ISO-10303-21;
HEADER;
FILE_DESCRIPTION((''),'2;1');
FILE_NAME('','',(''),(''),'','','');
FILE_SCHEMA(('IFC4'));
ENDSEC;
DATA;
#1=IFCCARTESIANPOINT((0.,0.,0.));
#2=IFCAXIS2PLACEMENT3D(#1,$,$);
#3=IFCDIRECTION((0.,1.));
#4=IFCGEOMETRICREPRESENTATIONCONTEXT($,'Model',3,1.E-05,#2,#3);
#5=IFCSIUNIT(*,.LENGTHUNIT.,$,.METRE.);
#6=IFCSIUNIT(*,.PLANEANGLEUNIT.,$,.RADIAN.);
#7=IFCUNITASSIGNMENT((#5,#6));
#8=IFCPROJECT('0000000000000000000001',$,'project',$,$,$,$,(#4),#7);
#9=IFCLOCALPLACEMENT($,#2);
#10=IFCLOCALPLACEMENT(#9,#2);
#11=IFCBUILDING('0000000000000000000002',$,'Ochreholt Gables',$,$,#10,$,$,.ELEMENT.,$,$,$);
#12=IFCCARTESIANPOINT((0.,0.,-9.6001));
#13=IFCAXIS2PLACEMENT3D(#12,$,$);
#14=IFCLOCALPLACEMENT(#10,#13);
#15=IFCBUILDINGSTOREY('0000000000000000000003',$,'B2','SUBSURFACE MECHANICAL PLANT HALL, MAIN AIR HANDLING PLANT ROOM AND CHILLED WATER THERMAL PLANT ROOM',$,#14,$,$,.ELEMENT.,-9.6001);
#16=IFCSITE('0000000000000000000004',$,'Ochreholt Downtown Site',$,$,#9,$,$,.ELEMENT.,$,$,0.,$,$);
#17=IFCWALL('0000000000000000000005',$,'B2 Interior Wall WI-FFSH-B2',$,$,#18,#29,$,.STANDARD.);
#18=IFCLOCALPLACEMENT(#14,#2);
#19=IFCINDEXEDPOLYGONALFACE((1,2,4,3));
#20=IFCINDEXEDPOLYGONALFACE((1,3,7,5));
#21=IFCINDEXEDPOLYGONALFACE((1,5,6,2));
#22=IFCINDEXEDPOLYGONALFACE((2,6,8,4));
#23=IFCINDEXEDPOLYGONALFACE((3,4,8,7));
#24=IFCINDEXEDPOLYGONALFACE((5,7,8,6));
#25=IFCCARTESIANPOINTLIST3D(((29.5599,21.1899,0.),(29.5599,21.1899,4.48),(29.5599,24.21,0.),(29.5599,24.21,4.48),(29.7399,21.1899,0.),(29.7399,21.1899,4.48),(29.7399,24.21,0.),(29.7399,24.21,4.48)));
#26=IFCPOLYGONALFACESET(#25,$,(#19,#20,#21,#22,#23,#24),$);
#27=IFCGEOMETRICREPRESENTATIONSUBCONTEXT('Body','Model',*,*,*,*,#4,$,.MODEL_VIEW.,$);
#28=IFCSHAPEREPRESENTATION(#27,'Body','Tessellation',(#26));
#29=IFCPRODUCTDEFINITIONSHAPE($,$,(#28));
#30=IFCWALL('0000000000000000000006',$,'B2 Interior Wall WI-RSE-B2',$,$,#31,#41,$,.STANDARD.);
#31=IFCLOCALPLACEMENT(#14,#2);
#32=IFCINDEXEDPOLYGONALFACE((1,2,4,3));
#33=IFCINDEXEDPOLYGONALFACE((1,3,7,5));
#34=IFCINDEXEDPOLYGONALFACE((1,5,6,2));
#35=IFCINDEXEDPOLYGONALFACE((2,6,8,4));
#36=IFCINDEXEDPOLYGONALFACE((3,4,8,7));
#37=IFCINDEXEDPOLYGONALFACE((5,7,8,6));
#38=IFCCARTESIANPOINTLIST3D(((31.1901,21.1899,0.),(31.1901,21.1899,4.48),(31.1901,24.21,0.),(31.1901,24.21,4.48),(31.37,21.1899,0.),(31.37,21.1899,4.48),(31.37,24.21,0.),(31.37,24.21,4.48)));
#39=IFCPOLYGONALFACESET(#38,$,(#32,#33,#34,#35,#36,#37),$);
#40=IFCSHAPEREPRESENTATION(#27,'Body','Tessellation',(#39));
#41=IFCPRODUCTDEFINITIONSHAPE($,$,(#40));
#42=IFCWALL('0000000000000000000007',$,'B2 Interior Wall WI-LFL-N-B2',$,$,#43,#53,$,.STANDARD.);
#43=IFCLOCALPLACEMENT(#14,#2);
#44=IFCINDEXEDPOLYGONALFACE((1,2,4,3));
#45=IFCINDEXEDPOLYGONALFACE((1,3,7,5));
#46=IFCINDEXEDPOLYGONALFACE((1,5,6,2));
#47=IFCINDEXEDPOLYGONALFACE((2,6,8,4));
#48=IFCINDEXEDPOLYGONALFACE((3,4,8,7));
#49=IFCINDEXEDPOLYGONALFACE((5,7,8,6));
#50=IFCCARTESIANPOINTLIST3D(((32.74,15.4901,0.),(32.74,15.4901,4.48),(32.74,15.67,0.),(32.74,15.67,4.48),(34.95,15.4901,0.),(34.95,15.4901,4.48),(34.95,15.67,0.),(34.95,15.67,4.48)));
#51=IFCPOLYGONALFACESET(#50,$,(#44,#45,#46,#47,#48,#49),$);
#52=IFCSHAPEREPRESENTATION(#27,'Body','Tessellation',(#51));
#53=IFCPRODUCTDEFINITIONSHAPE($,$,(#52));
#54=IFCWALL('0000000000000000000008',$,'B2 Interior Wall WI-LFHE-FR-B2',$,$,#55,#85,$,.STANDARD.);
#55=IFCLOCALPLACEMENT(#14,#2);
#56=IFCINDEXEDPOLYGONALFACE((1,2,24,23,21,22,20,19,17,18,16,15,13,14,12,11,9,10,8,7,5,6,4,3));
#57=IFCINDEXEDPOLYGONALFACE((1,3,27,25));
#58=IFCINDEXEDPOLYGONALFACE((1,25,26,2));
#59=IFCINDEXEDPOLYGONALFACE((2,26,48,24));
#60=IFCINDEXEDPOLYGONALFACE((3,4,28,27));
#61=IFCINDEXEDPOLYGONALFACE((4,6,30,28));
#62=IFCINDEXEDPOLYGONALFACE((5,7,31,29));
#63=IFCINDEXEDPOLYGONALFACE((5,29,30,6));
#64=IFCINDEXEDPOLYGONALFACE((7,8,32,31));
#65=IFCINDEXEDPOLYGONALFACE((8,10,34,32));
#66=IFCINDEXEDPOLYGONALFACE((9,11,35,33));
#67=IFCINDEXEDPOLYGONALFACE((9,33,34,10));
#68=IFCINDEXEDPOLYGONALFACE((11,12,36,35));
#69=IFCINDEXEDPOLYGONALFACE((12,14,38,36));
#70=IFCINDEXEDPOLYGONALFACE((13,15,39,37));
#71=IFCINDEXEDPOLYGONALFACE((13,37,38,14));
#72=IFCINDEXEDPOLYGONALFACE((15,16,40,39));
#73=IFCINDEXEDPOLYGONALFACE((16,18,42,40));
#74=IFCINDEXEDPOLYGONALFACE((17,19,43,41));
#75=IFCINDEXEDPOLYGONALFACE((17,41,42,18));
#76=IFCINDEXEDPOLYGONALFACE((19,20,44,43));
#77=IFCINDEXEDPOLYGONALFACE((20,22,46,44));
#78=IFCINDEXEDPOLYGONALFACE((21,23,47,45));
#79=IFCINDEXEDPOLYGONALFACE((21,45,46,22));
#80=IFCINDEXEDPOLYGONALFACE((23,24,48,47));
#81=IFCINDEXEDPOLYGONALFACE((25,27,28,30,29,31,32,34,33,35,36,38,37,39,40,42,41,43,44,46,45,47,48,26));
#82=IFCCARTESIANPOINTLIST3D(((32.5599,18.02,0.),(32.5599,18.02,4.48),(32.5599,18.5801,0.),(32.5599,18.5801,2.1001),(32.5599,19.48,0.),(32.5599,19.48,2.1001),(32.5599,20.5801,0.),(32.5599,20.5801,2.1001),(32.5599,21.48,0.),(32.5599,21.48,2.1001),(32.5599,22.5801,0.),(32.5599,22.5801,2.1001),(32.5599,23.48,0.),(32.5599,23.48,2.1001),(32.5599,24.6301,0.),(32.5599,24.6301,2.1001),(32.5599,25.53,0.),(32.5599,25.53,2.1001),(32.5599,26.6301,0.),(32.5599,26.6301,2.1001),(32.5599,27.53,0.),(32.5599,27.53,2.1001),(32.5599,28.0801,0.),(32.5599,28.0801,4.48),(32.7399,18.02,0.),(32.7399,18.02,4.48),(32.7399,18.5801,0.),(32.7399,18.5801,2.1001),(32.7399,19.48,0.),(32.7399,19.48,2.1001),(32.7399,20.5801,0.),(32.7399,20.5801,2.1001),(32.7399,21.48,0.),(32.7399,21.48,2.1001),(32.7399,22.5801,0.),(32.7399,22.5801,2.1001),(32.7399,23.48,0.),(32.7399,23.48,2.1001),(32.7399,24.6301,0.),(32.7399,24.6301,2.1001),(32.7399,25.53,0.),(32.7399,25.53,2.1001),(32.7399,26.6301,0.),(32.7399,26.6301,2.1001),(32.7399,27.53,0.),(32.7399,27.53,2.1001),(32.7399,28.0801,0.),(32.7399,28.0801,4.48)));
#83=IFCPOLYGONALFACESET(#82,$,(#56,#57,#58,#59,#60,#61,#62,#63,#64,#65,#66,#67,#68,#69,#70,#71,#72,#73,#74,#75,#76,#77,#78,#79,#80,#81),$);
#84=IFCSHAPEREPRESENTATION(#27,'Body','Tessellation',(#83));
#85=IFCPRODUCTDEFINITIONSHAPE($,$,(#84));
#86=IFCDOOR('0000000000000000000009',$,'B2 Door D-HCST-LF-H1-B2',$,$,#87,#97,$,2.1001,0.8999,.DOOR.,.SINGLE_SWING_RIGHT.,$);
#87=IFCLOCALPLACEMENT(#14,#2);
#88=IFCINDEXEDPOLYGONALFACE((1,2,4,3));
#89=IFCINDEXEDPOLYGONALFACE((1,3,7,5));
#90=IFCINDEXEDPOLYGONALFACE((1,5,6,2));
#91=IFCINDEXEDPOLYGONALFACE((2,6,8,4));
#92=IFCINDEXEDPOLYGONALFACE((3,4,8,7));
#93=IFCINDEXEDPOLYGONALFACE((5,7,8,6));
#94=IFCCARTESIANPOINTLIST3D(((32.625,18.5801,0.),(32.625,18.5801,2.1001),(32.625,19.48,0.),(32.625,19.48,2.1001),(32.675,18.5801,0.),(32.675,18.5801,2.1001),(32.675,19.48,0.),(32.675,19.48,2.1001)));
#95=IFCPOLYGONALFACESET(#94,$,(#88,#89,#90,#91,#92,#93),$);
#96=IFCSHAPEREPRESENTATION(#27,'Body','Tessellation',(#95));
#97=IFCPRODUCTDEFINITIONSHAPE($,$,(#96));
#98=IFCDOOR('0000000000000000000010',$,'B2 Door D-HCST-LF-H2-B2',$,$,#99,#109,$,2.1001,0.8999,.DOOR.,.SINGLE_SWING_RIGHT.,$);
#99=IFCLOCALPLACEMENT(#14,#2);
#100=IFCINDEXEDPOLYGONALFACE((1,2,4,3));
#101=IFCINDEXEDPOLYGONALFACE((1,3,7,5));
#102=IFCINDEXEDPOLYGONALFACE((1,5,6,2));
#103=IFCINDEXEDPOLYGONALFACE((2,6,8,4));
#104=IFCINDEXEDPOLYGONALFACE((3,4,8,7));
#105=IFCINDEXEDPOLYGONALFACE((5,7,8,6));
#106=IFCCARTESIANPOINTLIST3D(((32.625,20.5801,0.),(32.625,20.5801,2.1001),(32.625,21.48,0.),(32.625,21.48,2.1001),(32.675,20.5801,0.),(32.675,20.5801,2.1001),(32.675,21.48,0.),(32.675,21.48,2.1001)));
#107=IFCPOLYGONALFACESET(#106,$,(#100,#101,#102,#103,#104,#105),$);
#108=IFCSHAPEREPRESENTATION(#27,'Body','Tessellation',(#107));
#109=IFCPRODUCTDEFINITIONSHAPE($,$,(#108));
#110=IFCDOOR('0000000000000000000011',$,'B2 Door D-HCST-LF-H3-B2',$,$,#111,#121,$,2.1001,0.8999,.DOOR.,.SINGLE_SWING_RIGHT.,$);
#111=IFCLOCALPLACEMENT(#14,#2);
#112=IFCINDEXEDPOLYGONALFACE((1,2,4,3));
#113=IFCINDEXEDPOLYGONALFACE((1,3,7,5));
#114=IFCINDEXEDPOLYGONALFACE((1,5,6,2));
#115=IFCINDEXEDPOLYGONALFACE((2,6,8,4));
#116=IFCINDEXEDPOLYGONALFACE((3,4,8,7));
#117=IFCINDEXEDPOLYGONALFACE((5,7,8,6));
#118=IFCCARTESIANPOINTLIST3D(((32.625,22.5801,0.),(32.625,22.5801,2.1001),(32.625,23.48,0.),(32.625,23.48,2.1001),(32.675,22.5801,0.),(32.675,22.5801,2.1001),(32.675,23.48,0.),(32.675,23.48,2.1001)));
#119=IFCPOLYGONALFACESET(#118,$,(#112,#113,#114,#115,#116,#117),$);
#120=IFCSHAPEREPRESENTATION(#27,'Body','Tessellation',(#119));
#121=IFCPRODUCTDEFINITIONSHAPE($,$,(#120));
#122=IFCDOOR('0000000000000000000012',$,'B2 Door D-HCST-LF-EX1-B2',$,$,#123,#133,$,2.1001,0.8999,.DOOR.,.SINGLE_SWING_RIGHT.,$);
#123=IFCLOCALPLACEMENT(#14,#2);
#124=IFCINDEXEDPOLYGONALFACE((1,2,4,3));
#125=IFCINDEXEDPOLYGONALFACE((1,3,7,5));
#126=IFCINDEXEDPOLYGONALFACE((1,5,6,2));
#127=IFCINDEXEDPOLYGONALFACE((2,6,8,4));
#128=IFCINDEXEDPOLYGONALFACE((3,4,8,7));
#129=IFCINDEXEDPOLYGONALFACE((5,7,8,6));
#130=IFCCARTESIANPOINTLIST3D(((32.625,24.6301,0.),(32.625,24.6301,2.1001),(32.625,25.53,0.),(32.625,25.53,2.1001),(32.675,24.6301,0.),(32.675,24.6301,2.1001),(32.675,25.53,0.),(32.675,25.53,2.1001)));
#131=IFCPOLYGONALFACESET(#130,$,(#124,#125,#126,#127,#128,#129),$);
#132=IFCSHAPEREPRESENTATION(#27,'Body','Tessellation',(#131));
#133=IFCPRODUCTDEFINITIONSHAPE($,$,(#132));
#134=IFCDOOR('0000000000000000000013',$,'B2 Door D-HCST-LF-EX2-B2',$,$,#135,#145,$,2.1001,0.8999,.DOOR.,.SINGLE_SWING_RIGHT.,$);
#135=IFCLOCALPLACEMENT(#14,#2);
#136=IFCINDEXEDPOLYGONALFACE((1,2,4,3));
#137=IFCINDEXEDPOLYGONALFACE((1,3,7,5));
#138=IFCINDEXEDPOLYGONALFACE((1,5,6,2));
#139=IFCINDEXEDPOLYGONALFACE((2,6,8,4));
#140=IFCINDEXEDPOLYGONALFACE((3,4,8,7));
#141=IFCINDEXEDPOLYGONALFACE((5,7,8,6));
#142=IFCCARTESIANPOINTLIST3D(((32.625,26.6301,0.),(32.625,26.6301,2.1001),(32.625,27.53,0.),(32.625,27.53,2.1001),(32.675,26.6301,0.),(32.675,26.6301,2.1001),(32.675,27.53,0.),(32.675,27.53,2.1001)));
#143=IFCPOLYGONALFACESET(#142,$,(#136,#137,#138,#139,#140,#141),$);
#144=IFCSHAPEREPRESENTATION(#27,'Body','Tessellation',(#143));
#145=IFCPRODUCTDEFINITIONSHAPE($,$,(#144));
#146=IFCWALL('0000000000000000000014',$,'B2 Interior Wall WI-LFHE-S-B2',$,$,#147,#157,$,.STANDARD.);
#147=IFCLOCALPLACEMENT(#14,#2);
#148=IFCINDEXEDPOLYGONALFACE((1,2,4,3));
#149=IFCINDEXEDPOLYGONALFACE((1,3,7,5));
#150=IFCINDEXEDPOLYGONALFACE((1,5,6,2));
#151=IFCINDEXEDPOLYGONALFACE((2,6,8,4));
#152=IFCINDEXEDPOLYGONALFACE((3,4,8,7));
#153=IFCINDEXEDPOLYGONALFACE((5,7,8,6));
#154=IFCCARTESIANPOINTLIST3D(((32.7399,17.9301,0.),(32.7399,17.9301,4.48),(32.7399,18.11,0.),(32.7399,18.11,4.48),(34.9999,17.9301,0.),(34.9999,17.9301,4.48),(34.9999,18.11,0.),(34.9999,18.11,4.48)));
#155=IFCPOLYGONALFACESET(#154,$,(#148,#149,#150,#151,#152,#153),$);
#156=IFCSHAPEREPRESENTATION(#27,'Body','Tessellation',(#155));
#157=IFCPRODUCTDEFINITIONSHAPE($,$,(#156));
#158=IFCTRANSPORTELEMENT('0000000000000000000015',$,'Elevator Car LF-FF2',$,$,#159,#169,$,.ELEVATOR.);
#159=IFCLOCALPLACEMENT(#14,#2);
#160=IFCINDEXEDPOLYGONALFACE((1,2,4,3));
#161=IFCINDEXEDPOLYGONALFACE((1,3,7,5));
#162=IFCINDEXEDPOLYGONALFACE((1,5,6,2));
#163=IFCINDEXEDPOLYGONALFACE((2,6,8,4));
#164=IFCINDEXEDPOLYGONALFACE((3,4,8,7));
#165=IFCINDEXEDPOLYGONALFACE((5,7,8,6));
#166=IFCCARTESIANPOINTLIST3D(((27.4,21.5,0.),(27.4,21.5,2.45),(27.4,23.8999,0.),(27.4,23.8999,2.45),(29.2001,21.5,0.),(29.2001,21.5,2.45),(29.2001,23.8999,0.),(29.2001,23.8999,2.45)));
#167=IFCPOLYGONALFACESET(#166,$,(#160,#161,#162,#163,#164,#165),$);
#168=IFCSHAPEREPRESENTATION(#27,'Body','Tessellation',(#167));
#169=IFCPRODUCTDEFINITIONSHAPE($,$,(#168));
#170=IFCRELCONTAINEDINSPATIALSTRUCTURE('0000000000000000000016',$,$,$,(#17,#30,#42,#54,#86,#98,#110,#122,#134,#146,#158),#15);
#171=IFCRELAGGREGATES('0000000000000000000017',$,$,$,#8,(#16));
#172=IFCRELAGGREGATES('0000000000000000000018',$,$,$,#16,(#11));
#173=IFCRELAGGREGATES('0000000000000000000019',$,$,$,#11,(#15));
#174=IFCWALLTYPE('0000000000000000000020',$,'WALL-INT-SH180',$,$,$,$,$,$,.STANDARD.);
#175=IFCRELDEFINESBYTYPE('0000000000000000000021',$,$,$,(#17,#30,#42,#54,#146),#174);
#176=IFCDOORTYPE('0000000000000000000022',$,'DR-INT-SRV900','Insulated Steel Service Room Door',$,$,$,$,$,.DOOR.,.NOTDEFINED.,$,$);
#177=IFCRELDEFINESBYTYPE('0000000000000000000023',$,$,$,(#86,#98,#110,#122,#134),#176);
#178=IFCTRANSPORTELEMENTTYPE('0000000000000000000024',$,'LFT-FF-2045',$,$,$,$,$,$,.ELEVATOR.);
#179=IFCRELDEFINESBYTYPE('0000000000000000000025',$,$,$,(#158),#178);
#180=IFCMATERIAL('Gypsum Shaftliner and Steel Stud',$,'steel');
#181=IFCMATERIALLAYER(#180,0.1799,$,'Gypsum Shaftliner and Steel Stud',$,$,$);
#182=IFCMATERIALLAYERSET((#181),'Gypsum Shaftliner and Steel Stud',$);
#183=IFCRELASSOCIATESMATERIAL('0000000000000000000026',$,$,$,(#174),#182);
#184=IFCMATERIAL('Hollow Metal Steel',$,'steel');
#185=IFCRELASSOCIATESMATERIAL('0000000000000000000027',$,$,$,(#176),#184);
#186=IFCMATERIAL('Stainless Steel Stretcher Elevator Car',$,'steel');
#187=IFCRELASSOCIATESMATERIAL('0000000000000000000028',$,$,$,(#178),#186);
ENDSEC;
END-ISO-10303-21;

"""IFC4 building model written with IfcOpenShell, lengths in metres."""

from ifc_helpers import new_model, si_unit, direction, frame, frame_2d, origin, origin_2d, place, context, subcontext, project, spatial, rectangle, extrude, material, layer, layer_set, type_object, element, fill, save


model = new_model("IFC4")

# Units and contexts
model_context = context("Model", 3, precision=1e-05, world=origin(), true_north=direction((0.0, 1.0)))
body_context = subcontext(model_context, "Body", "Model", "MODEL_VIEW")
ifc_project = project(units=[si_unit("LENGTHUNIT", "METRE"), si_unit("PLANEANGLEUNIT", "RADIAN")], contexts=[model_context])

# Site, building, storey
site_placement = place(None, origin())
site = spatial("IfcSite", under=ifc_project, at=site_placement, Name="Ochreholt Downtown Site", CompositionType="ELEMENT", RefElevation=0.0)
building_placement = place(site_placement, origin())
building = spatial("IfcBuilding", under=site, at=building_placement, Name="Ochreholt Gables", CompositionType="ELEMENT")
storey_placement = place(building_placement, frame((0.0, 0.0, -9.6001)))
storey = spatial("IfcBuildingStorey", under=building, at=storey_placement, Name="B2", Description="SUBSURFACE MECHANICAL PLANT HALL, MAIN AIR HANDLING PLANT ROOM AND CHILLED WATER THERMAL PLANT ROOM", CompositionType="ELEMENT", Elevation=-9.6001)

# Shared definitions
ifc_material_1 = material(Name="Hollow Metal Steel", Category="steel")

# Walls
ifc_material_2 = material(Name="Gypsum Shaftliner and Steel Stud", Category="steel")
ifc_layer_1 = layer(ifc_material_2, 0.1799, Name="Gypsum Shaftliner and Steel Stud")
ifc_layer_set_1 = layer_set([ifc_layer_1], Name="Gypsum Shaftliner and Steel Stud")
wall_type_1 = type_object("IfcWallType", Name="WALL-INT-SH180", PredefinedType="STANDARD", material=ifc_layer_set_1)
for number, where, z_axis, x_axis, name in (
    (1, (29.6499, 21.1899, 0.0), (0.0, 0.0, 1.0), (0.0, 1.0, 0.0), "B2 Interior Wall WI-FFSH-B2"),
    (2, (31.28, 21.1899, 0.0), (0.0, 0.0, 1.0), (0.0, 1.0, 0.0), "B2 Interior Wall WI-RSE-B2"),
):
    element("IfcWall", number, at=place(storey_placement, frame(where, z_axis=z_axis, x_axis=x_axis)), inside=storey, type_object=wall_type_1, Name=name, PredefinedType="STANDARD", context=body_context, shape_type="SweptSolid", body=[
        extrude(rectangle(XDim=3.02, YDim=0.1799, at=frame_2d((1.51, 0.0))), origin(), (0.0, 0.0, 1.0), 4.48),
    ])
wall_1_placement = place(storey_placement, frame((32.74, 15.5801, 0.0), z_axis=(0.0, 0.0, 1.0), x_axis=(1.0, 0.0, 0.0)))
element("IfcWall", 3, at=wall_1_placement, inside=storey, type_object=wall_type_1, Name="B2 Interior Wall WI-LFL-N-B2", PredefinedType="STANDARD", context=body_context, shape_type="SweptSolid", body=[
    extrude(rectangle(XDim=2.21, YDim=0.1799, at=frame_2d((1.105, 0.0))), origin(), (0.0, 0.0, 1.0), 4.48),
])

# Wall, openings, doors
wall_2_placement = place(storey_placement, frame((32.6499, 18.02, 0.0), z_axis=(0.0, 0.0, 1.0), x_axis=(0.0, 1.0, 0.0)))
wall_2 = element("IfcWall", 4, at=wall_2_placement, inside=storey, type_object=wall_type_1, Name="B2 Interior Wall WI-LFHE-FR-B2", PredefinedType="STANDARD", context=body_context, shape_type="SweptSolid", body=[
    extrude(rectangle(XDim=10.0601, YDim=0.1799, at=frame_2d((5.03, 0.0))), origin(), (0.0, 0.0, 1.0), 4.48),
])
opening_1_placement = place(wall_2_placement, frame((0.5601, 0.0, 0.0)))
opening_1 = element("IfcOpeningElement", 5, at=opening_1_placement, cuts=wall_2, PredefinedType="OPENING", context=body_context, shape_type="SweptSolid", body=[
    extrude(rectangle(XDim=0.8999, YDim=2.1001, at=frame_2d((0.45, 1.05))), frame((0.0, 0.0999, 0.0), z_axis=(0.0, -1.0, 0.0), x_axis=(1.0, 0.0, 0.0)), (0.0, 0.0, 1.0), 0.2),
])
opening_2_placement = place(wall_2_placement, frame((2.5601, 0.0, 0.0)))
opening_2 = element("IfcOpeningElement", 6, at=opening_2_placement, cuts=wall_2, PredefinedType="OPENING", context=body_context, shape_type="SweptSolid", body=[
    extrude(rectangle(XDim=0.8999, YDim=2.1001, at=frame_2d((0.45, 1.05))), frame((0.0, 0.0999, 0.0), z_axis=(0.0, -1.0, 0.0), x_axis=(1.0, 0.0, 0.0)), (0.0, 0.0, 1.0), 0.2),
])
opening_3_placement = place(wall_2_placement, frame((4.5601, 0.0, 0.0)))
opening_3 = element("IfcOpeningElement", 7, at=opening_3_placement, cuts=wall_2, PredefinedType="OPENING", context=body_context, shape_type="SweptSolid", body=[
    extrude(rectangle(XDim=0.8999, YDim=2.1001, at=frame_2d((0.45, 1.05))), frame((0.0, 0.0999, 0.0), z_axis=(0.0, -1.0, 0.0), x_axis=(1.0, 0.0, 0.0)), (0.0, 0.0, 1.0), 0.2),
])
opening_4_placement = place(wall_2_placement, frame((6.6101, 0.0, 0.0)))
opening_4 = element("IfcOpeningElement", 8, at=opening_4_placement, cuts=wall_2, PredefinedType="OPENING", context=body_context, shape_type="SweptSolid", body=[
    extrude(rectangle(XDim=0.8999, YDim=2.1001, at=frame_2d((0.45, 1.05))), frame((0.0, 0.0999, 0.0), z_axis=(0.0, -1.0, 0.0), x_axis=(1.0, 0.0, 0.0)), (0.0, 0.0, 1.0), 0.2),
])
opening_5_placement = place(wall_2_placement, frame((8.6101, 0.0, 0.0)))
opening_5 = element("IfcOpeningElement", 9, at=opening_5_placement, cuts=wall_2, PredefinedType="OPENING", context=body_context, shape_type="SweptSolid", body=[
    extrude(rectangle(XDim=0.8999, YDim=2.1001, at=frame_2d((0.45, 1.05))), frame((0.0, 0.0999, 0.0), z_axis=(0.0, -1.0, 0.0), x_axis=(1.0, 0.0, 0.0)), (0.0, 0.0, 1.0), 0.2),
])
door_type_1 = type_object("IfcDoorType", Name="DR-INT-SRV900", Description="Insulated Steel Service Room Door", OperationType="NOTDEFINED", PredefinedType="DOOR", material=ifc_material_1)
door_1_placement = place(opening_1_placement, origin())
door_1 = element("IfcDoor", 10, at=door_1_placement, inside=storey, type_object=door_type_1, Name="B2 Door D-HCST-LF-H1-B2", OperationType="SINGLE_SWING_RIGHT", OverallHeight=2.1001, OverallWidth=0.8999, PredefinedType="DOOR", context=body_context, shape_type="SweptSolid", body=[
    extrude(rectangle(XDim=0.8999, YDim=2.1001, at=frame_2d((0.45, 1.05))), frame((0.0, 0.0249, 0.0), z_axis=(0.0, -1.0, 0.0), x_axis=(1.0, 0.0, 0.0)), (0.0, 0.0, 1.0), 0.05),
])
fill(opening_1, door_1)
door_2_placement = place(opening_2_placement, origin())
door_2 = element("IfcDoor", 11, at=door_2_placement, inside=storey, type_object=door_type_1, Name="B2 Door D-HCST-LF-H2-B2", OperationType="SINGLE_SWING_RIGHT", OverallHeight=2.1001, OverallWidth=0.8999, PredefinedType="DOOR", context=body_context, shape_type="SweptSolid", body=[
    extrude(rectangle(XDim=0.8999, YDim=2.1001, at=frame_2d((0.45, 1.05))), frame((0.0, 0.0249, 0.0), z_axis=(0.0, -1.0, 0.0), x_axis=(1.0, 0.0, 0.0)), (0.0, 0.0, 1.0), 0.05),
])
fill(opening_2, door_2)
door_3_placement = place(opening_3_placement, origin())
door_3 = element("IfcDoor", 12, at=door_3_placement, inside=storey, type_object=door_type_1, Name="B2 Door D-HCST-LF-H3-B2", OperationType="SINGLE_SWING_RIGHT", OverallHeight=2.1001, OverallWidth=0.8999, PredefinedType="DOOR", context=body_context, shape_type="SweptSolid", body=[
    extrude(rectangle(XDim=0.8999, YDim=2.1001, at=frame_2d((0.45, 1.05))), frame((0.0, 0.0249, 0.0), z_axis=(0.0, -1.0, 0.0), x_axis=(1.0, 0.0, 0.0)), (0.0, 0.0, 1.0), 0.05),
])
fill(opening_3, door_3)
door_4_placement = place(opening_4_placement, origin())
door_4 = element("IfcDoor", 13, at=door_4_placement, inside=storey, type_object=door_type_1, Name="B2 Door D-HCST-LF-EX1-B2", OperationType="SINGLE_SWING_RIGHT", OverallHeight=2.1001, OverallWidth=0.8999, PredefinedType="DOOR", context=body_context, shape_type="SweptSolid", body=[
    extrude(rectangle(XDim=0.8999, YDim=2.1001, at=frame_2d((0.45, 1.05))), frame((0.0, 0.0249, 0.0), z_axis=(0.0, -1.0, 0.0), x_axis=(1.0, 0.0, 0.0)), (0.0, 0.0, 1.0), 0.05),
])
fill(opening_4, door_4)
door_5_placement = place(opening_5_placement, origin())
door_5 = element("IfcDoor", 14, at=door_5_placement, inside=storey, type_object=door_type_1, Name="B2 Door D-HCST-LF-EX2-B2", OperationType="SINGLE_SWING_RIGHT", OverallHeight=2.1001, OverallWidth=0.8999, PredefinedType="DOOR", context=body_context, shape_type="SweptSolid", body=[
    extrude(rectangle(XDim=0.8999, YDim=2.1001, at=frame_2d((0.45, 1.05))), frame((0.0, 0.0249, 0.0), z_axis=(0.0, -1.0, 0.0), x_axis=(1.0, 0.0, 0.0)), (0.0, 0.0, 1.0), 0.05),
])
fill(opening_5, door_5)

# Wall
wall_3_placement = place(storey_placement, frame((32.74, 18.02, 0.0), z_axis=(0.0, 0.0, 1.0), x_axis=(1.0, 0.0, 0.0)))
element("IfcWall", 15, at=wall_3_placement, inside=storey, type_object=wall_type_1, Name="B2 Interior Wall WI-LFHE-S-B2", PredefinedType="STANDARD", context=body_context, shape_type="SweptSolid", body=[
    extrude(rectangle(XDim=2.26, YDim=0.1799, at=frame_2d((1.1299, 0.0))), origin(), (0.0, 0.0, 1.0), 4.48),
])

# Transport element
ifc_material_3 = material(Name="Stainless Steel Stretcher Elevator Car", Category="steel")
transport_element_type = type_object("IfcTransportElementType", Name="LFT-FF-2045", PredefinedType="ELEVATOR", material=ifc_material_3)
transport_element_placement = place(storey_placement, frame((28.3, 22.7, 0.0), z_axis=(0.0, 0.0, 1.0), x_axis=(1.0, 0.0, 0.0)))
element("IfcTransportElement", 16, at=transport_element_placement, inside=storey, type_object=transport_element_type, Name="Elevator Car LF-FF2", PredefinedType="ELEVATOR", context=body_context, shape_type="SweptSolid", body=[
    extrude(rectangle(XDim=1.8, YDim=2.3999, at=origin_2d()), origin(), (0.0, 0.0, 1.0), 2.45),
])

save(model, "model.ifc")
